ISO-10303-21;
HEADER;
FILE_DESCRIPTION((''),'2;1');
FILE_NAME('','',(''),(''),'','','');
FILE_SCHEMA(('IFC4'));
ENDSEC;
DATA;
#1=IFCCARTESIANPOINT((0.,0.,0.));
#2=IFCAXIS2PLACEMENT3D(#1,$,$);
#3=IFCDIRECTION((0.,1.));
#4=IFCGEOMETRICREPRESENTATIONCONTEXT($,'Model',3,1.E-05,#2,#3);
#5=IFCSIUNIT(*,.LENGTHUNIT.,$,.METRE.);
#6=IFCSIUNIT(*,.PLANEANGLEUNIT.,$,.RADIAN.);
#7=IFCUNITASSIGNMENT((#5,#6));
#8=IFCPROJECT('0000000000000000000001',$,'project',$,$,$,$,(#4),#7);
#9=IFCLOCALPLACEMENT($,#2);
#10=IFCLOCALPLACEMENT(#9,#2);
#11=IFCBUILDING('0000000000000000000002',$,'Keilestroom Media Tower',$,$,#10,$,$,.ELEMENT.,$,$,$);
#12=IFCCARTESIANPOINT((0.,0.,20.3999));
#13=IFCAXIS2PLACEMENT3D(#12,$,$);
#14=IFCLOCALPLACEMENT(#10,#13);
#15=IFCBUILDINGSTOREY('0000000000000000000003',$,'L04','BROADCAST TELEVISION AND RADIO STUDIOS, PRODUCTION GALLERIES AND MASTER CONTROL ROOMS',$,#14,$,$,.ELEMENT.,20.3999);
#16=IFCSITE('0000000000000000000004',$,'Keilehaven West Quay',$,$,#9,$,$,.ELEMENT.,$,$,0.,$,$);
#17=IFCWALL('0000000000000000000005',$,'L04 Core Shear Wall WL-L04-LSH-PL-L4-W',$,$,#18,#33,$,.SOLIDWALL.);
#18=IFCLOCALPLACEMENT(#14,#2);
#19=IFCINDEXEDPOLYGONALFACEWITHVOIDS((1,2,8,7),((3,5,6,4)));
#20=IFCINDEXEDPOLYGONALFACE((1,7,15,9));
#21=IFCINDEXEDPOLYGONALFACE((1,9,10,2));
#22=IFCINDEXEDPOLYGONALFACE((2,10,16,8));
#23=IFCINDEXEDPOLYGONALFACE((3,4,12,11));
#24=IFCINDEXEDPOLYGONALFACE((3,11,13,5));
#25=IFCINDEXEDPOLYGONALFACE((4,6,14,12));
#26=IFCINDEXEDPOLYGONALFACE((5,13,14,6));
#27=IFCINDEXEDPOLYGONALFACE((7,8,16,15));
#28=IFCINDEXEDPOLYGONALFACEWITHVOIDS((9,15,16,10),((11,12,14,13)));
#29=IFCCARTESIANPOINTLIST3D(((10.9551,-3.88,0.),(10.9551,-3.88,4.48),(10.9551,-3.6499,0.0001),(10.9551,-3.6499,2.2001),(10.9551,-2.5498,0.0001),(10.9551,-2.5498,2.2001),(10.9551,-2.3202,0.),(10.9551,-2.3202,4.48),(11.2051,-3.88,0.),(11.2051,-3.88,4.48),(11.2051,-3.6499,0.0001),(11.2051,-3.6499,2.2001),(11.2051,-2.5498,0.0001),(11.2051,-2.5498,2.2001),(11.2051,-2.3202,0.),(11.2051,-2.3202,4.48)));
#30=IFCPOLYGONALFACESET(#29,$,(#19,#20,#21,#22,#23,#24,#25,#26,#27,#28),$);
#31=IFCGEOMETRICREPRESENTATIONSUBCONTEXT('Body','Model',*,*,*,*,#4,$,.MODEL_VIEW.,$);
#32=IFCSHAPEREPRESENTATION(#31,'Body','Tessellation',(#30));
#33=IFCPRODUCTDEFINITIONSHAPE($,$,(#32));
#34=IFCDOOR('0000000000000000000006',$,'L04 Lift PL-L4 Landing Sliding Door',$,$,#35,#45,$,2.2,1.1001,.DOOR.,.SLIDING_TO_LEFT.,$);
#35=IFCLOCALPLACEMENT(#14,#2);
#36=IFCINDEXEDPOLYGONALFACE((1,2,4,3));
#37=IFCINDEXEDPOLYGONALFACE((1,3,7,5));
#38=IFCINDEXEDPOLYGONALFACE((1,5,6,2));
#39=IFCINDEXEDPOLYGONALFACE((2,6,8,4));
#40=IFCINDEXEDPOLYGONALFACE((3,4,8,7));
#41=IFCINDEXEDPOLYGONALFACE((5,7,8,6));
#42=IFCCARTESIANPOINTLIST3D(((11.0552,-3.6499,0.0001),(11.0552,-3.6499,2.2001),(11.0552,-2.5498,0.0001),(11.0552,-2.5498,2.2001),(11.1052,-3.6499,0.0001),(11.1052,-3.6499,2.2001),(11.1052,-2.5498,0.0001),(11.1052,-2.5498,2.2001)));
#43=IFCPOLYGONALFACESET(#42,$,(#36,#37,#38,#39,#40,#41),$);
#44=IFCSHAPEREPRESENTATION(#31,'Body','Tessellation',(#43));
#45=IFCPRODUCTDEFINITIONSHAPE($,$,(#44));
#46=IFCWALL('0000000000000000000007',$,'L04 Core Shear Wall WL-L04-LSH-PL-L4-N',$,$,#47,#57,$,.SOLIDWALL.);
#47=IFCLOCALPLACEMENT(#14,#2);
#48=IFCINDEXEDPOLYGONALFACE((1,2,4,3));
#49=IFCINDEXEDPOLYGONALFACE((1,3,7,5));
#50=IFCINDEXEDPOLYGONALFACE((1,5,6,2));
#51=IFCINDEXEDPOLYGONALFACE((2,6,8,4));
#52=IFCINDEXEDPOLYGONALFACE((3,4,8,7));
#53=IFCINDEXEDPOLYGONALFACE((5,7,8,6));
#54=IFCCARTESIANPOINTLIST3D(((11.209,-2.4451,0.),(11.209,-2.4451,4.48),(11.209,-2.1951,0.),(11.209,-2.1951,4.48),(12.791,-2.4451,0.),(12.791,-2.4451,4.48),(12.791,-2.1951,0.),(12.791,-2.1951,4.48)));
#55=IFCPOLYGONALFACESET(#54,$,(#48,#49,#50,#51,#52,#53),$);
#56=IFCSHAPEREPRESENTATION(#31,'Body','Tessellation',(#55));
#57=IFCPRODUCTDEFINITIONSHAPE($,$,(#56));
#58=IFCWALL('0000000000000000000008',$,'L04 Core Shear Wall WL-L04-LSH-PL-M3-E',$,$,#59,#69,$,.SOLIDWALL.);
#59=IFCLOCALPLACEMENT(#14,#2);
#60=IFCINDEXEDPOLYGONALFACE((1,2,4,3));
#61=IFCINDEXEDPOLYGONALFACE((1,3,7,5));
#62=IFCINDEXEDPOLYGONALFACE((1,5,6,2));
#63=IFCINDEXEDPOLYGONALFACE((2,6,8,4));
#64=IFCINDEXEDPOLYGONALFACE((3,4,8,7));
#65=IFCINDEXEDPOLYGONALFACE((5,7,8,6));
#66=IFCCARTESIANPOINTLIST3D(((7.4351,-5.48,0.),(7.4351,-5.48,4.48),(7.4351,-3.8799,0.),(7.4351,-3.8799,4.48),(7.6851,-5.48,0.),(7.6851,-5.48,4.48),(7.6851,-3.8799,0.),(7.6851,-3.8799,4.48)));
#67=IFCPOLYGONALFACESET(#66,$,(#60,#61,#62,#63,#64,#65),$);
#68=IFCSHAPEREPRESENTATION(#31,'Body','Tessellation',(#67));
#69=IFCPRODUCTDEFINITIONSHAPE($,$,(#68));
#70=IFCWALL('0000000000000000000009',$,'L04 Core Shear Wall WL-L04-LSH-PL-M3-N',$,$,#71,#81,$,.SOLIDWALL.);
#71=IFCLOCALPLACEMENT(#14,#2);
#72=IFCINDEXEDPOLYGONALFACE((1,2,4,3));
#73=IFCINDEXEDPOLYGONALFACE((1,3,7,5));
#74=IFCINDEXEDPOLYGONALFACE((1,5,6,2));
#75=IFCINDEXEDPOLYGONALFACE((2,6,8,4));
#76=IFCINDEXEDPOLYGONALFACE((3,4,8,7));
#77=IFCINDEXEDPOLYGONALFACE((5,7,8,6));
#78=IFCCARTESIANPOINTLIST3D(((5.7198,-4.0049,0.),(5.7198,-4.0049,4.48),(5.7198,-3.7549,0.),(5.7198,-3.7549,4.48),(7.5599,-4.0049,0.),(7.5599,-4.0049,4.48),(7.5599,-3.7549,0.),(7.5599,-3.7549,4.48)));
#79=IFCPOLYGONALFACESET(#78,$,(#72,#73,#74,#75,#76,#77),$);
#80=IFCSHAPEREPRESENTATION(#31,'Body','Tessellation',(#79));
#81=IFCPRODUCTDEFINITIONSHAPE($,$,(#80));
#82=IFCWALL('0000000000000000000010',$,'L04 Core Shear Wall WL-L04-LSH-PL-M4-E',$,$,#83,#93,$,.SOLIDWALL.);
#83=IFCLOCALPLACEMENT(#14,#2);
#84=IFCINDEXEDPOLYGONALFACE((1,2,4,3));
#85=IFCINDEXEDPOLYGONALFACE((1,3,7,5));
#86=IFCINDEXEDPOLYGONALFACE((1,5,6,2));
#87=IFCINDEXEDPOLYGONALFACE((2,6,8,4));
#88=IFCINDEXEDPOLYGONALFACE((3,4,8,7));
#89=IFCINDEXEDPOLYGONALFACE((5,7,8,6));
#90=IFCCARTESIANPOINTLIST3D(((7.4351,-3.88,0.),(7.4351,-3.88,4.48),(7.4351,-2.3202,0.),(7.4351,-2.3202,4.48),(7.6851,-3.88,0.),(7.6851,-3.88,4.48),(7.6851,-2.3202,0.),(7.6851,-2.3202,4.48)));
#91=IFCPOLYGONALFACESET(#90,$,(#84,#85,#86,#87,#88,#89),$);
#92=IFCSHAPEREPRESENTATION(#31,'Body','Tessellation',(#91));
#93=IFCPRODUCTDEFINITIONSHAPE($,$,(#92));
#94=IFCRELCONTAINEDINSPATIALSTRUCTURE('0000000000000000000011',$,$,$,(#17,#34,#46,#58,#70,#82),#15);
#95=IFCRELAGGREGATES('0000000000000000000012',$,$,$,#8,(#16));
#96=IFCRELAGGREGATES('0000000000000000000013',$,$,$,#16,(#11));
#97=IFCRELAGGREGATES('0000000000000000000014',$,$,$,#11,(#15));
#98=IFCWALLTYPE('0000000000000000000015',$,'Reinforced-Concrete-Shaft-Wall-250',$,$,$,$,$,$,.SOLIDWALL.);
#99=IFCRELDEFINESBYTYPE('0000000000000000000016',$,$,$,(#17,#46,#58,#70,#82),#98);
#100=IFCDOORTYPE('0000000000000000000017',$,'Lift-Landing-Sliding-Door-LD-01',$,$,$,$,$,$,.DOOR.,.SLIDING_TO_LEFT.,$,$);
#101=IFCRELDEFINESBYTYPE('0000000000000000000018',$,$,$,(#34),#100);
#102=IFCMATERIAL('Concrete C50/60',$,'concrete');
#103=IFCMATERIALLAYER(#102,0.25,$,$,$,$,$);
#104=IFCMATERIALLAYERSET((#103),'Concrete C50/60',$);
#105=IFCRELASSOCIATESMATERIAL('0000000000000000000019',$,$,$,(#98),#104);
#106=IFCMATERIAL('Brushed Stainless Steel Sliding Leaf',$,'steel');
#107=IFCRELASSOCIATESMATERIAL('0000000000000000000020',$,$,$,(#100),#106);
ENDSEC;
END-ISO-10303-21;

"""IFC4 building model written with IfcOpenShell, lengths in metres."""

from ifc_helpers import new_model, si_unit, direction, frame, frame_2d, origin, place, context, subcontext, project, spatial, rectangle, extrude, source, transform, mapped, material, layer, layer_set, type_object, element, fill, save


model = new_model("IFC4")

# Units and contexts
model_context = context("Model", 3, precision=1e-05, world=origin(), true_north=direction((0.0, 1.0)))
body_context = subcontext(model_context, "Body", "Model", "MODEL_VIEW")
ifc_project = project(units=[si_unit("LENGTHUNIT", "METRE"), si_unit("PLANEANGLEUNIT", "RADIAN")], contexts=[model_context])

# Site, building, storey
site_placement = place(None, origin())
site = spatial("IfcSite", under=ifc_project, at=site_placement, Name="Keilehaven West Quay", CompositionType="ELEMENT", RefElevation=0.0)
building_placement = place(site_placement, origin())
building = spatial("IfcBuilding", under=site, at=building_placement, Name="Keilestroom Media Tower", CompositionType="ELEMENT")
storey_placement = place(building_placement, frame((0.0, 0.0, 20.3999)))
storey = spatial("IfcBuildingStorey", under=building, at=storey_placement, Name="L04", Description="BROADCAST TELEVISION AND RADIO STUDIOS, PRODUCTION GALLERIES AND MASTER CONTROL ROOMS", CompositionType="ELEMENT", Elevation=20.3999)

# Shared definitions
ifc_material_1 = material(Name="Concrete C50/60", Category="concrete")
ifc_layer_1 = layer(ifc_material_1, 0.25)
ifc_layer_set_1 = layer_set([ifc_layer_1], Name="Concrete C50/60")
wall_type_1 = type_object("IfcWallType", Name="Reinforced-Concrete-Shaft-Wall-250", PredefinedType="SOLIDWALL", material=ifc_layer_set_1)

# Shared definitions
ifc_material_2 = material(Name="Brushed Stainless Steel Sliding Leaf", Category="steel")

# Shared definitions
door_type_1 = type_object("IfcDoorType", Name="Lift-Landing-Sliding-Door-LD-01", OperationType="SLIDING_TO_LEFT", PredefinedType="DOOR", material=ifc_material_2)
shared_shape_1 = source(origin(), body_context, "Body", "SweptSolid", [
    extrude(rectangle(XDim=1.1001, YDim=2.2, at=frame_2d((0.55, 1.1001))), frame((0.0, 0.0249, 0.0), z_axis=(0.0, -1.0, 0.0), x_axis=(1.0, 0.0, 0.0)), (0.0, 0.0, 1.0), 0.05),
])

# Wall, opening, door
wall_1_placement = place(storey_placement, frame((11.0801, -3.8799, 0.0), z_axis=(0.0, 0.0, 1.0), x_axis=(0.0, 1.0, 0.0)))
wall_1 = element("IfcWall", 1, at=wall_1_placement, inside=storey, type_object=wall_type_1, Name="L04 Core Shear Wall WL-L04-LSH-PL-L4-W", PredefinedType="SOLIDWALL", context=body_context, shape_type="SweptSolid", body=[
    extrude(rectangle(XDim=1.5598, YDim=0.25, at=frame_2d((0.7798, 0.0))), origin(), (0.0, 0.0, 1.0), 4.48),
])
opening_1_placement = place(wall_1_placement, frame((0.23, 0.0, 0.0)))
opening_1 = element("IfcOpeningElement", 2, at=opening_1_placement, cuts=wall_1, PredefinedType="OPENING", context=body_context, shape_type="SweptSolid", body=[
    extrude(rectangle(XDim=1.1001, YDim=2.2, at=frame_2d((0.55, 1.1001))), frame((0.0, 0.135, 0.0), z_axis=(0.0, -1.0, 0.0), x_axis=(1.0, 0.0, 0.0)), (0.0, 0.0, 1.0), 0.27),
])
door_1_placement = place(opening_1_placement, origin())
door_1 = element("IfcDoor", 3, at=door_1_placement, inside=storey, type_object=door_type_1, Name="L04 Lift PL-L4 Landing Sliding Door", OperationType="SLIDING_TO_LEFT", OverallHeight=2.2, OverallWidth=1.1001, PredefinedType="DOOR", context=body_context, shape_type="MappedRepresentation", body=[
    mapped(shared_shape_1, transform((0.0, 0.0, 0.0), x_axis=(1.0, 0.0, 0.0), y_axis=(0.0, 1.0, 0.0), z_axis=(0.0, 0.0, 1.0), scale=1.0)),
])
fill(opening_1, door_1)

# Walls
wall_2_placement = place(storey_placement, frame((11.209, -2.3201, 0.0), z_axis=(0.0, 0.0, 1.0), x_axis=(1.0, 0.0, 0.0)))
element("IfcWall", 4, at=wall_2_placement, inside=storey, type_object=wall_type_1, Name="L04 Core Shear Wall WL-L04-LSH-PL-L4-N", PredefinedType="SOLIDWALL", context=body_context, shape_type="SweptSolid", body=[
    extrude(rectangle(XDim=1.582, YDim=0.25, at=frame_2d((0.791, 0.0))), origin(), (0.0, 0.0, 1.0), 4.48),
])
wall_3_placement = place(storey_placement, frame((7.5601, -5.48, 0.0), z_axis=(0.0, 0.0, 1.0), x_axis=(0.0, 1.0, 0.0)))
element("IfcWall", 5, at=wall_3_placement, inside=storey, type_object=wall_type_1, Name="L04 Core Shear Wall WL-L04-LSH-PL-M3-E", PredefinedType="SOLIDWALL", context=body_context, shape_type="SweptSolid", body=[
    extrude(rectangle(XDim=1.6001, YDim=0.25, at=frame_2d((0.8, 0.0))), origin(), (0.0, 0.0, 1.0), 4.48),
])
wall_4_placement = place(storey_placement, frame((5.72, -3.8799, 0.0), z_axis=(0.0, 0.0, 1.0), x_axis=(1.0, 0.0, 0.0)))
element("IfcWall", 6, at=wall_4_placement, inside=storey, type_object=wall_type_1, Name="L04 Core Shear Wall WL-L04-LSH-PL-M3-N", PredefinedType="SOLIDWALL", context=body_context, shape_type="SweptSolid", body=[
    extrude(rectangle(XDim=1.8401, YDim=0.25, at=frame_2d((0.9199, 0.0))), origin(), (0.0, 0.0, 1.0), 4.48),
])
wall_5_placement = place(storey_placement, frame((7.5601, -3.8799, 0.0), z_axis=(0.0, 0.0, 1.0), x_axis=(0.0, 1.0, 0.0)))
element("IfcWall", 7, at=wall_5_placement, inside=storey, type_object=wall_type_1, Name="L04 Core Shear Wall WL-L04-LSH-PL-M4-E", PredefinedType="SOLIDWALL", context=body_context, shape_type="SweptSolid", body=[
    extrude(rectangle(XDim=1.5598, YDim=0.25, at=frame_2d((0.7798, 0.0))), origin(), (0.0, 0.0, 1.0), 4.48),
])

save(model, "model.ifc")
